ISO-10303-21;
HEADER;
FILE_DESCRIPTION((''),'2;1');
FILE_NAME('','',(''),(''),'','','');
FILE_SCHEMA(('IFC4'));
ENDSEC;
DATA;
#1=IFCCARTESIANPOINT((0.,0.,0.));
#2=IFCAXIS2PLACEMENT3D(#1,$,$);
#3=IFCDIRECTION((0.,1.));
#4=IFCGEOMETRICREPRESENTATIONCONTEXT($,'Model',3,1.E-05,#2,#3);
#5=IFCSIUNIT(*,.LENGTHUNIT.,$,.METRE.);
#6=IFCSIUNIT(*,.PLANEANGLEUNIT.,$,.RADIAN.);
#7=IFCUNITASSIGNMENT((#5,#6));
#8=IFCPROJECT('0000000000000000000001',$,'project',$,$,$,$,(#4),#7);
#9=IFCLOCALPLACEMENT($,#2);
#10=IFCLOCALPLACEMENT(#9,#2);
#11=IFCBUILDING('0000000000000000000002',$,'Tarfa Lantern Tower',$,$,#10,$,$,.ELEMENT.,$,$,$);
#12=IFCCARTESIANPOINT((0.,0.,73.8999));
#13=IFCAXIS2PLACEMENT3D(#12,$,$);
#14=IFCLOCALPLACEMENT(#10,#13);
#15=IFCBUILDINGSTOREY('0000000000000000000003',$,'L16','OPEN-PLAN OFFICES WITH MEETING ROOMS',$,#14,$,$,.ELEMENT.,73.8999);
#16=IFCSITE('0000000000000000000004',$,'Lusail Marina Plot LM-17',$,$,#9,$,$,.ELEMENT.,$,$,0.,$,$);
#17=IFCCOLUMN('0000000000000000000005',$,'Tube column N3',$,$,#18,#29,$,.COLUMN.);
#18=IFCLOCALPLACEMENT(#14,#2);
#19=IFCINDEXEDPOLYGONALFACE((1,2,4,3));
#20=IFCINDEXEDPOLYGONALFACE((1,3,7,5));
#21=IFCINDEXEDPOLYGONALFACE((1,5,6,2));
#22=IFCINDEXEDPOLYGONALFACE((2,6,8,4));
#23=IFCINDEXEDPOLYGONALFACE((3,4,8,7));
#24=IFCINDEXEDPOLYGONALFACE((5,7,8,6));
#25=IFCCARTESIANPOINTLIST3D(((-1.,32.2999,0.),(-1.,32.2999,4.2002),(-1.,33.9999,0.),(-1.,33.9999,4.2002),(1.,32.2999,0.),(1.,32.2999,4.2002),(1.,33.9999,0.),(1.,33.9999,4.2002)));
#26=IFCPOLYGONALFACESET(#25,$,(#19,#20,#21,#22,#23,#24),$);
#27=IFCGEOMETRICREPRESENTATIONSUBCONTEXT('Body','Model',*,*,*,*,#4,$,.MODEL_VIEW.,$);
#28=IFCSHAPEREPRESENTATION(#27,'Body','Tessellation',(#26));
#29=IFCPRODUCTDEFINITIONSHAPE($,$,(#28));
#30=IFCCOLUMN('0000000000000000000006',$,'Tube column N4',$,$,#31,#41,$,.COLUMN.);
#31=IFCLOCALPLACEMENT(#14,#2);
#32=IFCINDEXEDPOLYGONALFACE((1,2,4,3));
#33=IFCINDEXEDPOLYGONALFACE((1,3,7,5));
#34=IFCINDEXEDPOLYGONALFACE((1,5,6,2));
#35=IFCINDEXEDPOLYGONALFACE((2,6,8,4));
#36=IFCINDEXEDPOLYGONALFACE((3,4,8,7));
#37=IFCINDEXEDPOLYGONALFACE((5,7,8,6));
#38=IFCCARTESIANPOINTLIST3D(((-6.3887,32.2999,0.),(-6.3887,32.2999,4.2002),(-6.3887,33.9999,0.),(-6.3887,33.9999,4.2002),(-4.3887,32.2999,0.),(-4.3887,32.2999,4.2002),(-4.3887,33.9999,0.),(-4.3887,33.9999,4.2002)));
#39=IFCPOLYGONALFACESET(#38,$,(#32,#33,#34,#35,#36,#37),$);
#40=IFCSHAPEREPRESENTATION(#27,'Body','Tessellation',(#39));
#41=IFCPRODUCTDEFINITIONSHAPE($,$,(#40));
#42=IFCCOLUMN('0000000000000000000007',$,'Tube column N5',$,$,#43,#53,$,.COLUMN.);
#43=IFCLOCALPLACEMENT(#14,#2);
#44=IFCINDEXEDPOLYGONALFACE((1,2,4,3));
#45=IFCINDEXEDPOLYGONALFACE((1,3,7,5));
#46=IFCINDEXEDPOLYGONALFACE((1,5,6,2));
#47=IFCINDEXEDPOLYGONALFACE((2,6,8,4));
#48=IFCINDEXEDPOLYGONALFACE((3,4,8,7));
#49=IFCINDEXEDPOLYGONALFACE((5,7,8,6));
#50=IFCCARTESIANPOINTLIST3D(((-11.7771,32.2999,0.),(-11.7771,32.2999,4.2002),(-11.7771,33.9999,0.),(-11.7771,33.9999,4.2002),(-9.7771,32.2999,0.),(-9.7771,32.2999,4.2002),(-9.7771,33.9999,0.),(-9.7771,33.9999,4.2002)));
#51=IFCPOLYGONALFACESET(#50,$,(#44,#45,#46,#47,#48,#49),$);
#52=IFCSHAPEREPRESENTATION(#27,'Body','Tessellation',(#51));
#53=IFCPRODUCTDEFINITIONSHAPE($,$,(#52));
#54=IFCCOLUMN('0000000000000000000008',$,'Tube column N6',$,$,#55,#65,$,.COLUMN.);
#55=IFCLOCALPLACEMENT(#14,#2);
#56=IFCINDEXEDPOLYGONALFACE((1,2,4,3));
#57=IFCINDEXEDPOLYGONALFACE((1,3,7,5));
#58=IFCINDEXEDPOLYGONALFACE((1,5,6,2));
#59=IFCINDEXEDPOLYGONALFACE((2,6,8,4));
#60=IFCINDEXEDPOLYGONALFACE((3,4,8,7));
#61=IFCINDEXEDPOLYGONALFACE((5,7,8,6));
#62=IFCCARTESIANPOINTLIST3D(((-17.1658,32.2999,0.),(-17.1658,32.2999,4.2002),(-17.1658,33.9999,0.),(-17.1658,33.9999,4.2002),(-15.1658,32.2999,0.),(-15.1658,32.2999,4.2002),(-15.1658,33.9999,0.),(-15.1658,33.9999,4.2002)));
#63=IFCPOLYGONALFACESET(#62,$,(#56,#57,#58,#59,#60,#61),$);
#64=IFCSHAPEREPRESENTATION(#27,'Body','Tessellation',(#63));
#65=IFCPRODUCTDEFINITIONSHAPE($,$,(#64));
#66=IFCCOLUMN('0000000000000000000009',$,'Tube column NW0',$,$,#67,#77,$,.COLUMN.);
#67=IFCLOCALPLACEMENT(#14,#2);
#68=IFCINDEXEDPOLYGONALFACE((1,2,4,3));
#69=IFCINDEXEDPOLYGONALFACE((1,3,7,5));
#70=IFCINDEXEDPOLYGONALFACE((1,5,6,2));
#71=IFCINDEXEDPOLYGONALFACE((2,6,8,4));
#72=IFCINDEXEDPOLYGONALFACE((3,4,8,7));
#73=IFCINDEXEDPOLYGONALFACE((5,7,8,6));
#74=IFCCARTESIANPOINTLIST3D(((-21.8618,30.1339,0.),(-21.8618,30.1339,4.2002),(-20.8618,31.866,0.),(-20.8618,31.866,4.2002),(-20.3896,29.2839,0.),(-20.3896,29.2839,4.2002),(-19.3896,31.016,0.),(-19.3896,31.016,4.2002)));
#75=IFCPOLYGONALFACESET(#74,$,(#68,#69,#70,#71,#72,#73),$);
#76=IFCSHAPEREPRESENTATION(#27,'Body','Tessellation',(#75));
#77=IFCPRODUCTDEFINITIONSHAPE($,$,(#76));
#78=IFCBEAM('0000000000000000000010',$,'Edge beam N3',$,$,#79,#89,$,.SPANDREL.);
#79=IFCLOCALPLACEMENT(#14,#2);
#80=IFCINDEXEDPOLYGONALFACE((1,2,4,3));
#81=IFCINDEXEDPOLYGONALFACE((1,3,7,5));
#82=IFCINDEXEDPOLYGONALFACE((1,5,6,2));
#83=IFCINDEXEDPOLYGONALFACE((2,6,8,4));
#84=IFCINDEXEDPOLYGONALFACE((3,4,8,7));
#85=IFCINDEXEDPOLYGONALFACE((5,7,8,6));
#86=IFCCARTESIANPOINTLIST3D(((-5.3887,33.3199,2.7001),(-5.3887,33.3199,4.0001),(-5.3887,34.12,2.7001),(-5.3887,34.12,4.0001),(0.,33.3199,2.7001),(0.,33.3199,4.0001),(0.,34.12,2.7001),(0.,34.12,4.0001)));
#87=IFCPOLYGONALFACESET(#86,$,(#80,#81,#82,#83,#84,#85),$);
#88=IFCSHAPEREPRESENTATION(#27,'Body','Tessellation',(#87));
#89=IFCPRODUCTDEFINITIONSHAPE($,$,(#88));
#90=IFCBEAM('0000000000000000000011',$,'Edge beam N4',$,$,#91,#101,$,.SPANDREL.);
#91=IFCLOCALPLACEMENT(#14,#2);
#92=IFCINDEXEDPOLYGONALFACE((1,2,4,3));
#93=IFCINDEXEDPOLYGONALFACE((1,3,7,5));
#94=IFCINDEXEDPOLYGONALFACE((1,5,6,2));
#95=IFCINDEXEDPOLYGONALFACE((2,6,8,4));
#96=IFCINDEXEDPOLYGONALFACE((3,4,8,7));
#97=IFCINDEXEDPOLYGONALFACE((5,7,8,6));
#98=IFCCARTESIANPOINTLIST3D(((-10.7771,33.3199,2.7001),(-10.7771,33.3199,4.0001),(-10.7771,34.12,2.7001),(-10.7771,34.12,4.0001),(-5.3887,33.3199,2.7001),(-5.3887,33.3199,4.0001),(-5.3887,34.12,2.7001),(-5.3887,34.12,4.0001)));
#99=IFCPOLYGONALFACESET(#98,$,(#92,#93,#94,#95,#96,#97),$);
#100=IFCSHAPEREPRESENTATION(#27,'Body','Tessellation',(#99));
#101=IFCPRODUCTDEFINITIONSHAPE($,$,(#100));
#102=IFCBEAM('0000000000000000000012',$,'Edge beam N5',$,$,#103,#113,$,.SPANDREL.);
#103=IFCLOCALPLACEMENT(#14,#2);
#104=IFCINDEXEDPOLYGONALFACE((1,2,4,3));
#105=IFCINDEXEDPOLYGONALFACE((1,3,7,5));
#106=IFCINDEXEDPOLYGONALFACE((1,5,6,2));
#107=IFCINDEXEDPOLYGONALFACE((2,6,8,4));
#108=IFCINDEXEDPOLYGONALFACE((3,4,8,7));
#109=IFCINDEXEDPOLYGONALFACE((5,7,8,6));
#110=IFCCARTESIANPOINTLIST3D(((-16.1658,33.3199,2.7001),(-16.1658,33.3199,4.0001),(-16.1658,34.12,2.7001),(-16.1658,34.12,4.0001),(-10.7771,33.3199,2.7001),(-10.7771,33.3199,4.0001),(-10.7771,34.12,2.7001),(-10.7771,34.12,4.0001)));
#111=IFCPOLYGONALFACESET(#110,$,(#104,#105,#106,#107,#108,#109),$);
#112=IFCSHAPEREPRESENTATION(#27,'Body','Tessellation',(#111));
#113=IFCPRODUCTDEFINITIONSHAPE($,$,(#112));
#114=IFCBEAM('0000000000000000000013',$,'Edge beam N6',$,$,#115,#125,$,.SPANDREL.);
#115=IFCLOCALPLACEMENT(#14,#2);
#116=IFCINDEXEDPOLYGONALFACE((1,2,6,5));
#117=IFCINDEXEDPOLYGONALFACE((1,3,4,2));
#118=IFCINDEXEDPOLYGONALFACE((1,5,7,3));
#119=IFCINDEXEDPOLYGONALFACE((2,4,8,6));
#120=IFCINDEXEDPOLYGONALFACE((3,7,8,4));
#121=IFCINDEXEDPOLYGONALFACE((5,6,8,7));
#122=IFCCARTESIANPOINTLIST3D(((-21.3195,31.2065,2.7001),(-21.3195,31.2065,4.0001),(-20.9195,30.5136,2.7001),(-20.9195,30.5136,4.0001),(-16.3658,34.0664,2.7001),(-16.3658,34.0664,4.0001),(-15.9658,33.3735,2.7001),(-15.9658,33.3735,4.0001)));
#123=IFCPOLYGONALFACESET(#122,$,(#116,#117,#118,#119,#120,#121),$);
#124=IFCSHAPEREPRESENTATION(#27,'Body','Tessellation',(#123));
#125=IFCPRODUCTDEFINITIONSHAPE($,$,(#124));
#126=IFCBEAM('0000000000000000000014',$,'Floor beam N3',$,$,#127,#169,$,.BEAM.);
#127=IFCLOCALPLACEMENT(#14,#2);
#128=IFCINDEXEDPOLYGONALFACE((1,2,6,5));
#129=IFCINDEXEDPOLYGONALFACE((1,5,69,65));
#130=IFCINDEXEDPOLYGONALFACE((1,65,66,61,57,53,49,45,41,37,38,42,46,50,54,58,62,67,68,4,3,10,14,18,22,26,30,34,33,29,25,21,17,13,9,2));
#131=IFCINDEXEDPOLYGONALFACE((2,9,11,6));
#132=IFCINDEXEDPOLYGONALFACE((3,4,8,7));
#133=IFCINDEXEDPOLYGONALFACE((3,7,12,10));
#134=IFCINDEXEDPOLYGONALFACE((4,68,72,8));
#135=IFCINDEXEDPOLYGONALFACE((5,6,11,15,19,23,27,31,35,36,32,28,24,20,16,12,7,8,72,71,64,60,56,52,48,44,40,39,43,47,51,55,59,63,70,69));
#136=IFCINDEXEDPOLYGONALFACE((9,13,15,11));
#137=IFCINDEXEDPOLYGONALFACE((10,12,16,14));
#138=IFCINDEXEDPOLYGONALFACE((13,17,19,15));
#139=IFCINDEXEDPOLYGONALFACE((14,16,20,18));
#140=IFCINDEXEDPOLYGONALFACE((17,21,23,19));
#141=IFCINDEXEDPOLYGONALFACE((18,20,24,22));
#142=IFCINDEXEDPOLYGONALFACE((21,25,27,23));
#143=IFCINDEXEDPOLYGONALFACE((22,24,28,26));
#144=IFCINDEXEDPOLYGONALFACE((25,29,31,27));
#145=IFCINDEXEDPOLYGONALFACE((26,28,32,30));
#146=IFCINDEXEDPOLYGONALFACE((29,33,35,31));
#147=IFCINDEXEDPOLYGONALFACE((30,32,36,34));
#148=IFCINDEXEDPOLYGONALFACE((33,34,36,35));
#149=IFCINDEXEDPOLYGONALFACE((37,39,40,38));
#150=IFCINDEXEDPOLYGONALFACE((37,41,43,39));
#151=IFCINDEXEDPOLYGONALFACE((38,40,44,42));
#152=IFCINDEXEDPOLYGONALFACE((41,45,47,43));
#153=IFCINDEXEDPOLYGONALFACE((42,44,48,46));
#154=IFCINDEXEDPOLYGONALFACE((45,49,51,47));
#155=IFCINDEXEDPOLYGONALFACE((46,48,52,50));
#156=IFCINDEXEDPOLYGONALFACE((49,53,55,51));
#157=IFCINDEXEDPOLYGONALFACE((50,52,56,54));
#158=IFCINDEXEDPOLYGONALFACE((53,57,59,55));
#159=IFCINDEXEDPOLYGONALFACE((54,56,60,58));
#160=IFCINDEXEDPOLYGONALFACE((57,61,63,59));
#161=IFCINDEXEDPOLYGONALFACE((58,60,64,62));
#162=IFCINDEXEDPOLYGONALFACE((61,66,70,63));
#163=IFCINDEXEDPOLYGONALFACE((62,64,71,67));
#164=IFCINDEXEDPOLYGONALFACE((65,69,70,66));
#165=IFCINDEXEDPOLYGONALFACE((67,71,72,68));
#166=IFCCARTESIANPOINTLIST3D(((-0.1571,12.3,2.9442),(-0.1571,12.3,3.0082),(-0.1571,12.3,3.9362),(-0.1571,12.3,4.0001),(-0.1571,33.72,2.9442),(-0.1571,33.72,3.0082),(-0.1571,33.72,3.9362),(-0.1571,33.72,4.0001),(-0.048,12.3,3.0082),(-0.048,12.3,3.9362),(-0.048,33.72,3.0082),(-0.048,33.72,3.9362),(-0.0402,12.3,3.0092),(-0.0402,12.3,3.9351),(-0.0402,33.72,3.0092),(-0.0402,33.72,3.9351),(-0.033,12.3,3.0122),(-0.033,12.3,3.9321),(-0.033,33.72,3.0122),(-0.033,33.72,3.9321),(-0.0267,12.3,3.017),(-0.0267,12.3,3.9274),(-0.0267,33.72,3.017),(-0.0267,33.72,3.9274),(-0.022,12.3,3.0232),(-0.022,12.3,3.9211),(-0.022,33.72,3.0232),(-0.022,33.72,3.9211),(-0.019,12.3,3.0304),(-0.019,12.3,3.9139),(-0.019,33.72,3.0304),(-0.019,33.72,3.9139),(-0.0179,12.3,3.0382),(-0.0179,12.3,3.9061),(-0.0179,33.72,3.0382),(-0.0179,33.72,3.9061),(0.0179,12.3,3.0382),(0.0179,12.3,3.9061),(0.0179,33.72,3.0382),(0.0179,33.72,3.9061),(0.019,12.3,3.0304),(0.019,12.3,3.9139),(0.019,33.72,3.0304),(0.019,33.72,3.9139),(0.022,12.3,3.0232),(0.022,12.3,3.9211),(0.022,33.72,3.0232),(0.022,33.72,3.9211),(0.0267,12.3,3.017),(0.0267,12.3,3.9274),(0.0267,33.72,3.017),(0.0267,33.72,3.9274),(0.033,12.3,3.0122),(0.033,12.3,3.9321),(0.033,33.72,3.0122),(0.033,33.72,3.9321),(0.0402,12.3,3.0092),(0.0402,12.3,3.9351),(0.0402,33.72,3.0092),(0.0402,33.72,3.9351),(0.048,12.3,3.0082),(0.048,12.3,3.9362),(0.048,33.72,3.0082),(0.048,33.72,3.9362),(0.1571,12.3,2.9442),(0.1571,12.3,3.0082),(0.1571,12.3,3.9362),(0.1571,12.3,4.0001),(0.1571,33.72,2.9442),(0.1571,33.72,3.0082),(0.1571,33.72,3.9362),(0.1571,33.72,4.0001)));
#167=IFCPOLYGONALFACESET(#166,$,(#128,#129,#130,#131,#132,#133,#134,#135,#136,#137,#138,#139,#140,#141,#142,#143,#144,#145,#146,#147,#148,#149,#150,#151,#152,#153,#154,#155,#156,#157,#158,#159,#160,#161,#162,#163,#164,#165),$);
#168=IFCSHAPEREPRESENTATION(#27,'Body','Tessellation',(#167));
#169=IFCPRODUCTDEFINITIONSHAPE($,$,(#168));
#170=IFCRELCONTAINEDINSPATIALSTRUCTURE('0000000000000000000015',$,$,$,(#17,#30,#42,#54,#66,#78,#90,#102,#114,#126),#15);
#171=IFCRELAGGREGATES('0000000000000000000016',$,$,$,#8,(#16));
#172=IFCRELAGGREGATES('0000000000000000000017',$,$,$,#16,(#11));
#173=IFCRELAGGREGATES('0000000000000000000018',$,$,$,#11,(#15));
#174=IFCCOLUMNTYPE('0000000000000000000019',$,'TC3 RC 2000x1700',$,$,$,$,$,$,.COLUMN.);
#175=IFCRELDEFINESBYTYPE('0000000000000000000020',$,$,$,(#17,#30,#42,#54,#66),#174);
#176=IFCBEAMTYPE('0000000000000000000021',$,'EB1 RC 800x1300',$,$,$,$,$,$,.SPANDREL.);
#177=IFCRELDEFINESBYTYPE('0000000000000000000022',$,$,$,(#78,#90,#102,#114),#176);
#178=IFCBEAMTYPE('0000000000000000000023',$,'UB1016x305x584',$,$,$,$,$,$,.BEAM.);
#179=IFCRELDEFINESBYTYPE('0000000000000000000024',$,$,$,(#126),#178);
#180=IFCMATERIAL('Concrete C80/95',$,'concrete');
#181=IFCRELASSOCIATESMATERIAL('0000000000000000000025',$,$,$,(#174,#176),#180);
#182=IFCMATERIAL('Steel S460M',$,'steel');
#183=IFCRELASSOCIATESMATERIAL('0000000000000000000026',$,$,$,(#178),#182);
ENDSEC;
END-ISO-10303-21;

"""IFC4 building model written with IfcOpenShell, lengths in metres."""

from ifc_helpers import new_model, si_unit, direction, frame, origin, origin_2d, place, context, subcontext, project, spatial, rectangle, i_section, extrude, material, material_profile, profile_set, type_object, element, save


model = new_model("IFC4")

# Units and contexts
model_context = context("Model", 3, precision=1e-05, world=origin(), true_north=direction((0.0, 1.0)))
body_context = subcontext(model_context, "Body", "Model", "MODEL_VIEW")
ifc_project = project(units=[si_unit("LENGTHUNIT", "METRE"), si_unit("PLANEANGLEUNIT", "RADIAN")], contexts=[model_context])

# Site, building, storey
site_placement = place(None, origin())
site = spatial("IfcSite", under=ifc_project, at=site_placement, Name="Lusail Marina Plot LM-17", CompositionType="ELEMENT", RefElevation=0.0)
building_placement = place(site_placement, origin())
building = spatial("IfcBuilding", under=site, at=building_placement, Name="Tarfa Lantern Tower", CompositionType="ELEMENT")
storey_placement = place(building_placement, frame((0.0, 0.0, 73.8999)))
storey = spatial("IfcBuildingStorey", under=building, at=storey_placement, Name="L16", Description="OPEN-PLAN OFFICES WITH MEETING ROOMS", CompositionType="ELEMENT", Elevation=73.8999)

# Columns
ifc_material_1 = material(Name="Concrete C80/95", Category="concrete")
ifc_material_profile_1 = material_profile(ifc_material_1, rectangle(XDim=2.0, YDim=1.7, at=origin_2d()), Name="RC 2000x1700")
ifc_profile_set_1 = profile_set([ifc_material_profile_1], Name="Concrete C80/95")
column_type = type_object("IfcColumnType", Name="TC3 RC 2000x1700", PredefinedType="COLUMN", material=ifc_profile_set_1)
for number, where, z_axis, x_axis, name in (
    (1, (0.0, 33.1499, 0.0), (0.0, 0.0, 1.0), (-1.0, 0.0, 0.0), "Tube column N3"),
    (2, (-5.3887, 33.1499, 0.0), (0.0, 0.0, 1.0), (-1.0, 0.0, 0.0), "Tube column N4"),
    (3, (-10.7771, 33.1499, 0.0), (0.0, 0.0, 1.0), (-1.0, 0.0, 0.0), "Tube column N5"),
    (4, (-16.1658, 33.1499, 0.0), (0.0, 0.0, 1.0), (-1.0, 0.0, 0.0), "Tube column N6"),
    (5, (-20.6257, 30.575, 0.0), (0.0, 0.0, 1.0), (-0.5, -0.866025, 0.0), "Tube column NW0"),
):
    element("IfcColumn", number, at=place(storey_placement, frame(where, z_axis=z_axis, x_axis=x_axis)), inside=storey, type_object=column_type, Name=name, PredefinedType="COLUMN", context=body_context, shape_type="SweptSolid", body=[
        extrude(rectangle(XDim=2.0, YDim=1.7, at=origin_2d()), origin(), (0.0, 0.0, 1.0), 4.2002),
    ])

# Beams
ifc_material_profile_2 = material_profile(ifc_material_1, rectangle(XDim=0.8, YDim=1.3, at=origin_2d()), Name="RC 800x1300")
ifc_profile_set_2 = profile_set([ifc_material_profile_2], Name="Concrete C80/95")
beam_type_1 = type_object("IfcBeamType", Name="EB1 RC 800x1300", PredefinedType="SPANDREL", material=ifc_profile_set_2)
beam_1_placement = place(storey_placement, frame((0.0, 33.72, 3.3501), z_axis=(-1.0, 0.0, 0.0), x_axis=(0.0, -1.0, 0.0)))
element("IfcBeam", 6, at=beam_1_placement, inside=storey, type_object=beam_type_1, Name="Edge beam N3", PredefinedType="SPANDREL", context=body_context, shape_type="SweptSolid", body=[
    extrude(rectangle(XDim=0.8, YDim=1.3, at=origin_2d()), origin(), (0.0, 0.0, 1.0), 5.3887),
])
beam_2_placement = place(storey_placement, frame((-5.3887, 33.72, 3.3501), z_axis=(-1.0, 0.0, 0.0), x_axis=(0.0, -1.0, 0.0)))
element("IfcBeam", 7, at=beam_2_placement, inside=storey, type_object=beam_type_1, Name="Edge beam N4", PredefinedType="SPANDREL", context=body_context, shape_type="SweptSolid", body=[
    extrude(rectangle(XDim=0.8, YDim=1.3, at=origin_2d()), origin(), (0.0, 0.0, 1.0), 5.3884),
])
beam_3_placement = place(storey_placement, frame((-10.7771, 33.72, 3.3501), z_axis=(-1.0, 0.0, 0.0), x_axis=(0.0, -1.0, 0.0)))
element("IfcBeam", 8, at=beam_3_placement, inside=storey, type_object=beam_type_1, Name="Edge beam N5", PredefinedType="SPANDREL", context=body_context, shape_type="SweptSolid", body=[
    extrude(rectangle(XDim=0.8, YDim=1.3, at=origin_2d()), origin(), (0.0, 0.0, 1.0), 5.3887),
])
beam_4_placement = place(storey_placement, frame((-16.1658, 33.72, 3.3501), z_axis=(-0.866033, -0.499986, 0.0), x_axis=(0.499986, -0.866033, 0.0)))
element("IfcBeam", 9, at=beam_4_placement, inside=storey, type_object=beam_type_1, Name="Edge beam N6", PredefinedType="SPANDREL", context=body_context, shape_type="SweptSolid", body=[
    extrude(rectangle(XDim=0.8, YDim=1.3, at=origin_2d()), origin(), (0.0, 0.0, 1.0), 5.72),
])
ifc_material_2 = material(Name="Steel S460M", Category="steel")
ifc_material_profile_3 = material_profile(ifc_material_2, i_section(OverallWidth=0.3142, OverallDepth=1.0559, WebThickness=0.0359, FlangeThickness=0.064, FilletRadius=0.03, at=origin_2d()), Name="UB1016x305x584")
ifc_profile_set_3 = profile_set([ifc_material_profile_3], Name="Steel S460M")
beam_type_2 = type_object("IfcBeamType", Name="UB1016x305x584", PredefinedType="BEAM", material=ifc_profile_set_3)
for number, where, z_axis, x_axis, name in (
    (10, (0.0, 33.72, 3.4722), (0.0, -1.0, 0.0), (1.0, 0.0, 0.0), "Floor beam N3"),
):
    element("IfcBeam", number, at=place(storey_placement, frame(where, z_axis=z_axis, x_axis=x_axis)), inside=storey, type_object=beam_type_2, Name=name, PredefinedType="BEAM", context=body_context, shape_type="SweptSolid", body=[
        extrude(i_section(OverallWidth=0.3142, OverallDepth=1.0559, WebThickness=0.0359, FlangeThickness=0.064, FilletRadius=0.03, at=origin_2d()), origin(), (0.0, 0.0, 1.0), 21.4199),
    ])

save(model, "model.ifc")
